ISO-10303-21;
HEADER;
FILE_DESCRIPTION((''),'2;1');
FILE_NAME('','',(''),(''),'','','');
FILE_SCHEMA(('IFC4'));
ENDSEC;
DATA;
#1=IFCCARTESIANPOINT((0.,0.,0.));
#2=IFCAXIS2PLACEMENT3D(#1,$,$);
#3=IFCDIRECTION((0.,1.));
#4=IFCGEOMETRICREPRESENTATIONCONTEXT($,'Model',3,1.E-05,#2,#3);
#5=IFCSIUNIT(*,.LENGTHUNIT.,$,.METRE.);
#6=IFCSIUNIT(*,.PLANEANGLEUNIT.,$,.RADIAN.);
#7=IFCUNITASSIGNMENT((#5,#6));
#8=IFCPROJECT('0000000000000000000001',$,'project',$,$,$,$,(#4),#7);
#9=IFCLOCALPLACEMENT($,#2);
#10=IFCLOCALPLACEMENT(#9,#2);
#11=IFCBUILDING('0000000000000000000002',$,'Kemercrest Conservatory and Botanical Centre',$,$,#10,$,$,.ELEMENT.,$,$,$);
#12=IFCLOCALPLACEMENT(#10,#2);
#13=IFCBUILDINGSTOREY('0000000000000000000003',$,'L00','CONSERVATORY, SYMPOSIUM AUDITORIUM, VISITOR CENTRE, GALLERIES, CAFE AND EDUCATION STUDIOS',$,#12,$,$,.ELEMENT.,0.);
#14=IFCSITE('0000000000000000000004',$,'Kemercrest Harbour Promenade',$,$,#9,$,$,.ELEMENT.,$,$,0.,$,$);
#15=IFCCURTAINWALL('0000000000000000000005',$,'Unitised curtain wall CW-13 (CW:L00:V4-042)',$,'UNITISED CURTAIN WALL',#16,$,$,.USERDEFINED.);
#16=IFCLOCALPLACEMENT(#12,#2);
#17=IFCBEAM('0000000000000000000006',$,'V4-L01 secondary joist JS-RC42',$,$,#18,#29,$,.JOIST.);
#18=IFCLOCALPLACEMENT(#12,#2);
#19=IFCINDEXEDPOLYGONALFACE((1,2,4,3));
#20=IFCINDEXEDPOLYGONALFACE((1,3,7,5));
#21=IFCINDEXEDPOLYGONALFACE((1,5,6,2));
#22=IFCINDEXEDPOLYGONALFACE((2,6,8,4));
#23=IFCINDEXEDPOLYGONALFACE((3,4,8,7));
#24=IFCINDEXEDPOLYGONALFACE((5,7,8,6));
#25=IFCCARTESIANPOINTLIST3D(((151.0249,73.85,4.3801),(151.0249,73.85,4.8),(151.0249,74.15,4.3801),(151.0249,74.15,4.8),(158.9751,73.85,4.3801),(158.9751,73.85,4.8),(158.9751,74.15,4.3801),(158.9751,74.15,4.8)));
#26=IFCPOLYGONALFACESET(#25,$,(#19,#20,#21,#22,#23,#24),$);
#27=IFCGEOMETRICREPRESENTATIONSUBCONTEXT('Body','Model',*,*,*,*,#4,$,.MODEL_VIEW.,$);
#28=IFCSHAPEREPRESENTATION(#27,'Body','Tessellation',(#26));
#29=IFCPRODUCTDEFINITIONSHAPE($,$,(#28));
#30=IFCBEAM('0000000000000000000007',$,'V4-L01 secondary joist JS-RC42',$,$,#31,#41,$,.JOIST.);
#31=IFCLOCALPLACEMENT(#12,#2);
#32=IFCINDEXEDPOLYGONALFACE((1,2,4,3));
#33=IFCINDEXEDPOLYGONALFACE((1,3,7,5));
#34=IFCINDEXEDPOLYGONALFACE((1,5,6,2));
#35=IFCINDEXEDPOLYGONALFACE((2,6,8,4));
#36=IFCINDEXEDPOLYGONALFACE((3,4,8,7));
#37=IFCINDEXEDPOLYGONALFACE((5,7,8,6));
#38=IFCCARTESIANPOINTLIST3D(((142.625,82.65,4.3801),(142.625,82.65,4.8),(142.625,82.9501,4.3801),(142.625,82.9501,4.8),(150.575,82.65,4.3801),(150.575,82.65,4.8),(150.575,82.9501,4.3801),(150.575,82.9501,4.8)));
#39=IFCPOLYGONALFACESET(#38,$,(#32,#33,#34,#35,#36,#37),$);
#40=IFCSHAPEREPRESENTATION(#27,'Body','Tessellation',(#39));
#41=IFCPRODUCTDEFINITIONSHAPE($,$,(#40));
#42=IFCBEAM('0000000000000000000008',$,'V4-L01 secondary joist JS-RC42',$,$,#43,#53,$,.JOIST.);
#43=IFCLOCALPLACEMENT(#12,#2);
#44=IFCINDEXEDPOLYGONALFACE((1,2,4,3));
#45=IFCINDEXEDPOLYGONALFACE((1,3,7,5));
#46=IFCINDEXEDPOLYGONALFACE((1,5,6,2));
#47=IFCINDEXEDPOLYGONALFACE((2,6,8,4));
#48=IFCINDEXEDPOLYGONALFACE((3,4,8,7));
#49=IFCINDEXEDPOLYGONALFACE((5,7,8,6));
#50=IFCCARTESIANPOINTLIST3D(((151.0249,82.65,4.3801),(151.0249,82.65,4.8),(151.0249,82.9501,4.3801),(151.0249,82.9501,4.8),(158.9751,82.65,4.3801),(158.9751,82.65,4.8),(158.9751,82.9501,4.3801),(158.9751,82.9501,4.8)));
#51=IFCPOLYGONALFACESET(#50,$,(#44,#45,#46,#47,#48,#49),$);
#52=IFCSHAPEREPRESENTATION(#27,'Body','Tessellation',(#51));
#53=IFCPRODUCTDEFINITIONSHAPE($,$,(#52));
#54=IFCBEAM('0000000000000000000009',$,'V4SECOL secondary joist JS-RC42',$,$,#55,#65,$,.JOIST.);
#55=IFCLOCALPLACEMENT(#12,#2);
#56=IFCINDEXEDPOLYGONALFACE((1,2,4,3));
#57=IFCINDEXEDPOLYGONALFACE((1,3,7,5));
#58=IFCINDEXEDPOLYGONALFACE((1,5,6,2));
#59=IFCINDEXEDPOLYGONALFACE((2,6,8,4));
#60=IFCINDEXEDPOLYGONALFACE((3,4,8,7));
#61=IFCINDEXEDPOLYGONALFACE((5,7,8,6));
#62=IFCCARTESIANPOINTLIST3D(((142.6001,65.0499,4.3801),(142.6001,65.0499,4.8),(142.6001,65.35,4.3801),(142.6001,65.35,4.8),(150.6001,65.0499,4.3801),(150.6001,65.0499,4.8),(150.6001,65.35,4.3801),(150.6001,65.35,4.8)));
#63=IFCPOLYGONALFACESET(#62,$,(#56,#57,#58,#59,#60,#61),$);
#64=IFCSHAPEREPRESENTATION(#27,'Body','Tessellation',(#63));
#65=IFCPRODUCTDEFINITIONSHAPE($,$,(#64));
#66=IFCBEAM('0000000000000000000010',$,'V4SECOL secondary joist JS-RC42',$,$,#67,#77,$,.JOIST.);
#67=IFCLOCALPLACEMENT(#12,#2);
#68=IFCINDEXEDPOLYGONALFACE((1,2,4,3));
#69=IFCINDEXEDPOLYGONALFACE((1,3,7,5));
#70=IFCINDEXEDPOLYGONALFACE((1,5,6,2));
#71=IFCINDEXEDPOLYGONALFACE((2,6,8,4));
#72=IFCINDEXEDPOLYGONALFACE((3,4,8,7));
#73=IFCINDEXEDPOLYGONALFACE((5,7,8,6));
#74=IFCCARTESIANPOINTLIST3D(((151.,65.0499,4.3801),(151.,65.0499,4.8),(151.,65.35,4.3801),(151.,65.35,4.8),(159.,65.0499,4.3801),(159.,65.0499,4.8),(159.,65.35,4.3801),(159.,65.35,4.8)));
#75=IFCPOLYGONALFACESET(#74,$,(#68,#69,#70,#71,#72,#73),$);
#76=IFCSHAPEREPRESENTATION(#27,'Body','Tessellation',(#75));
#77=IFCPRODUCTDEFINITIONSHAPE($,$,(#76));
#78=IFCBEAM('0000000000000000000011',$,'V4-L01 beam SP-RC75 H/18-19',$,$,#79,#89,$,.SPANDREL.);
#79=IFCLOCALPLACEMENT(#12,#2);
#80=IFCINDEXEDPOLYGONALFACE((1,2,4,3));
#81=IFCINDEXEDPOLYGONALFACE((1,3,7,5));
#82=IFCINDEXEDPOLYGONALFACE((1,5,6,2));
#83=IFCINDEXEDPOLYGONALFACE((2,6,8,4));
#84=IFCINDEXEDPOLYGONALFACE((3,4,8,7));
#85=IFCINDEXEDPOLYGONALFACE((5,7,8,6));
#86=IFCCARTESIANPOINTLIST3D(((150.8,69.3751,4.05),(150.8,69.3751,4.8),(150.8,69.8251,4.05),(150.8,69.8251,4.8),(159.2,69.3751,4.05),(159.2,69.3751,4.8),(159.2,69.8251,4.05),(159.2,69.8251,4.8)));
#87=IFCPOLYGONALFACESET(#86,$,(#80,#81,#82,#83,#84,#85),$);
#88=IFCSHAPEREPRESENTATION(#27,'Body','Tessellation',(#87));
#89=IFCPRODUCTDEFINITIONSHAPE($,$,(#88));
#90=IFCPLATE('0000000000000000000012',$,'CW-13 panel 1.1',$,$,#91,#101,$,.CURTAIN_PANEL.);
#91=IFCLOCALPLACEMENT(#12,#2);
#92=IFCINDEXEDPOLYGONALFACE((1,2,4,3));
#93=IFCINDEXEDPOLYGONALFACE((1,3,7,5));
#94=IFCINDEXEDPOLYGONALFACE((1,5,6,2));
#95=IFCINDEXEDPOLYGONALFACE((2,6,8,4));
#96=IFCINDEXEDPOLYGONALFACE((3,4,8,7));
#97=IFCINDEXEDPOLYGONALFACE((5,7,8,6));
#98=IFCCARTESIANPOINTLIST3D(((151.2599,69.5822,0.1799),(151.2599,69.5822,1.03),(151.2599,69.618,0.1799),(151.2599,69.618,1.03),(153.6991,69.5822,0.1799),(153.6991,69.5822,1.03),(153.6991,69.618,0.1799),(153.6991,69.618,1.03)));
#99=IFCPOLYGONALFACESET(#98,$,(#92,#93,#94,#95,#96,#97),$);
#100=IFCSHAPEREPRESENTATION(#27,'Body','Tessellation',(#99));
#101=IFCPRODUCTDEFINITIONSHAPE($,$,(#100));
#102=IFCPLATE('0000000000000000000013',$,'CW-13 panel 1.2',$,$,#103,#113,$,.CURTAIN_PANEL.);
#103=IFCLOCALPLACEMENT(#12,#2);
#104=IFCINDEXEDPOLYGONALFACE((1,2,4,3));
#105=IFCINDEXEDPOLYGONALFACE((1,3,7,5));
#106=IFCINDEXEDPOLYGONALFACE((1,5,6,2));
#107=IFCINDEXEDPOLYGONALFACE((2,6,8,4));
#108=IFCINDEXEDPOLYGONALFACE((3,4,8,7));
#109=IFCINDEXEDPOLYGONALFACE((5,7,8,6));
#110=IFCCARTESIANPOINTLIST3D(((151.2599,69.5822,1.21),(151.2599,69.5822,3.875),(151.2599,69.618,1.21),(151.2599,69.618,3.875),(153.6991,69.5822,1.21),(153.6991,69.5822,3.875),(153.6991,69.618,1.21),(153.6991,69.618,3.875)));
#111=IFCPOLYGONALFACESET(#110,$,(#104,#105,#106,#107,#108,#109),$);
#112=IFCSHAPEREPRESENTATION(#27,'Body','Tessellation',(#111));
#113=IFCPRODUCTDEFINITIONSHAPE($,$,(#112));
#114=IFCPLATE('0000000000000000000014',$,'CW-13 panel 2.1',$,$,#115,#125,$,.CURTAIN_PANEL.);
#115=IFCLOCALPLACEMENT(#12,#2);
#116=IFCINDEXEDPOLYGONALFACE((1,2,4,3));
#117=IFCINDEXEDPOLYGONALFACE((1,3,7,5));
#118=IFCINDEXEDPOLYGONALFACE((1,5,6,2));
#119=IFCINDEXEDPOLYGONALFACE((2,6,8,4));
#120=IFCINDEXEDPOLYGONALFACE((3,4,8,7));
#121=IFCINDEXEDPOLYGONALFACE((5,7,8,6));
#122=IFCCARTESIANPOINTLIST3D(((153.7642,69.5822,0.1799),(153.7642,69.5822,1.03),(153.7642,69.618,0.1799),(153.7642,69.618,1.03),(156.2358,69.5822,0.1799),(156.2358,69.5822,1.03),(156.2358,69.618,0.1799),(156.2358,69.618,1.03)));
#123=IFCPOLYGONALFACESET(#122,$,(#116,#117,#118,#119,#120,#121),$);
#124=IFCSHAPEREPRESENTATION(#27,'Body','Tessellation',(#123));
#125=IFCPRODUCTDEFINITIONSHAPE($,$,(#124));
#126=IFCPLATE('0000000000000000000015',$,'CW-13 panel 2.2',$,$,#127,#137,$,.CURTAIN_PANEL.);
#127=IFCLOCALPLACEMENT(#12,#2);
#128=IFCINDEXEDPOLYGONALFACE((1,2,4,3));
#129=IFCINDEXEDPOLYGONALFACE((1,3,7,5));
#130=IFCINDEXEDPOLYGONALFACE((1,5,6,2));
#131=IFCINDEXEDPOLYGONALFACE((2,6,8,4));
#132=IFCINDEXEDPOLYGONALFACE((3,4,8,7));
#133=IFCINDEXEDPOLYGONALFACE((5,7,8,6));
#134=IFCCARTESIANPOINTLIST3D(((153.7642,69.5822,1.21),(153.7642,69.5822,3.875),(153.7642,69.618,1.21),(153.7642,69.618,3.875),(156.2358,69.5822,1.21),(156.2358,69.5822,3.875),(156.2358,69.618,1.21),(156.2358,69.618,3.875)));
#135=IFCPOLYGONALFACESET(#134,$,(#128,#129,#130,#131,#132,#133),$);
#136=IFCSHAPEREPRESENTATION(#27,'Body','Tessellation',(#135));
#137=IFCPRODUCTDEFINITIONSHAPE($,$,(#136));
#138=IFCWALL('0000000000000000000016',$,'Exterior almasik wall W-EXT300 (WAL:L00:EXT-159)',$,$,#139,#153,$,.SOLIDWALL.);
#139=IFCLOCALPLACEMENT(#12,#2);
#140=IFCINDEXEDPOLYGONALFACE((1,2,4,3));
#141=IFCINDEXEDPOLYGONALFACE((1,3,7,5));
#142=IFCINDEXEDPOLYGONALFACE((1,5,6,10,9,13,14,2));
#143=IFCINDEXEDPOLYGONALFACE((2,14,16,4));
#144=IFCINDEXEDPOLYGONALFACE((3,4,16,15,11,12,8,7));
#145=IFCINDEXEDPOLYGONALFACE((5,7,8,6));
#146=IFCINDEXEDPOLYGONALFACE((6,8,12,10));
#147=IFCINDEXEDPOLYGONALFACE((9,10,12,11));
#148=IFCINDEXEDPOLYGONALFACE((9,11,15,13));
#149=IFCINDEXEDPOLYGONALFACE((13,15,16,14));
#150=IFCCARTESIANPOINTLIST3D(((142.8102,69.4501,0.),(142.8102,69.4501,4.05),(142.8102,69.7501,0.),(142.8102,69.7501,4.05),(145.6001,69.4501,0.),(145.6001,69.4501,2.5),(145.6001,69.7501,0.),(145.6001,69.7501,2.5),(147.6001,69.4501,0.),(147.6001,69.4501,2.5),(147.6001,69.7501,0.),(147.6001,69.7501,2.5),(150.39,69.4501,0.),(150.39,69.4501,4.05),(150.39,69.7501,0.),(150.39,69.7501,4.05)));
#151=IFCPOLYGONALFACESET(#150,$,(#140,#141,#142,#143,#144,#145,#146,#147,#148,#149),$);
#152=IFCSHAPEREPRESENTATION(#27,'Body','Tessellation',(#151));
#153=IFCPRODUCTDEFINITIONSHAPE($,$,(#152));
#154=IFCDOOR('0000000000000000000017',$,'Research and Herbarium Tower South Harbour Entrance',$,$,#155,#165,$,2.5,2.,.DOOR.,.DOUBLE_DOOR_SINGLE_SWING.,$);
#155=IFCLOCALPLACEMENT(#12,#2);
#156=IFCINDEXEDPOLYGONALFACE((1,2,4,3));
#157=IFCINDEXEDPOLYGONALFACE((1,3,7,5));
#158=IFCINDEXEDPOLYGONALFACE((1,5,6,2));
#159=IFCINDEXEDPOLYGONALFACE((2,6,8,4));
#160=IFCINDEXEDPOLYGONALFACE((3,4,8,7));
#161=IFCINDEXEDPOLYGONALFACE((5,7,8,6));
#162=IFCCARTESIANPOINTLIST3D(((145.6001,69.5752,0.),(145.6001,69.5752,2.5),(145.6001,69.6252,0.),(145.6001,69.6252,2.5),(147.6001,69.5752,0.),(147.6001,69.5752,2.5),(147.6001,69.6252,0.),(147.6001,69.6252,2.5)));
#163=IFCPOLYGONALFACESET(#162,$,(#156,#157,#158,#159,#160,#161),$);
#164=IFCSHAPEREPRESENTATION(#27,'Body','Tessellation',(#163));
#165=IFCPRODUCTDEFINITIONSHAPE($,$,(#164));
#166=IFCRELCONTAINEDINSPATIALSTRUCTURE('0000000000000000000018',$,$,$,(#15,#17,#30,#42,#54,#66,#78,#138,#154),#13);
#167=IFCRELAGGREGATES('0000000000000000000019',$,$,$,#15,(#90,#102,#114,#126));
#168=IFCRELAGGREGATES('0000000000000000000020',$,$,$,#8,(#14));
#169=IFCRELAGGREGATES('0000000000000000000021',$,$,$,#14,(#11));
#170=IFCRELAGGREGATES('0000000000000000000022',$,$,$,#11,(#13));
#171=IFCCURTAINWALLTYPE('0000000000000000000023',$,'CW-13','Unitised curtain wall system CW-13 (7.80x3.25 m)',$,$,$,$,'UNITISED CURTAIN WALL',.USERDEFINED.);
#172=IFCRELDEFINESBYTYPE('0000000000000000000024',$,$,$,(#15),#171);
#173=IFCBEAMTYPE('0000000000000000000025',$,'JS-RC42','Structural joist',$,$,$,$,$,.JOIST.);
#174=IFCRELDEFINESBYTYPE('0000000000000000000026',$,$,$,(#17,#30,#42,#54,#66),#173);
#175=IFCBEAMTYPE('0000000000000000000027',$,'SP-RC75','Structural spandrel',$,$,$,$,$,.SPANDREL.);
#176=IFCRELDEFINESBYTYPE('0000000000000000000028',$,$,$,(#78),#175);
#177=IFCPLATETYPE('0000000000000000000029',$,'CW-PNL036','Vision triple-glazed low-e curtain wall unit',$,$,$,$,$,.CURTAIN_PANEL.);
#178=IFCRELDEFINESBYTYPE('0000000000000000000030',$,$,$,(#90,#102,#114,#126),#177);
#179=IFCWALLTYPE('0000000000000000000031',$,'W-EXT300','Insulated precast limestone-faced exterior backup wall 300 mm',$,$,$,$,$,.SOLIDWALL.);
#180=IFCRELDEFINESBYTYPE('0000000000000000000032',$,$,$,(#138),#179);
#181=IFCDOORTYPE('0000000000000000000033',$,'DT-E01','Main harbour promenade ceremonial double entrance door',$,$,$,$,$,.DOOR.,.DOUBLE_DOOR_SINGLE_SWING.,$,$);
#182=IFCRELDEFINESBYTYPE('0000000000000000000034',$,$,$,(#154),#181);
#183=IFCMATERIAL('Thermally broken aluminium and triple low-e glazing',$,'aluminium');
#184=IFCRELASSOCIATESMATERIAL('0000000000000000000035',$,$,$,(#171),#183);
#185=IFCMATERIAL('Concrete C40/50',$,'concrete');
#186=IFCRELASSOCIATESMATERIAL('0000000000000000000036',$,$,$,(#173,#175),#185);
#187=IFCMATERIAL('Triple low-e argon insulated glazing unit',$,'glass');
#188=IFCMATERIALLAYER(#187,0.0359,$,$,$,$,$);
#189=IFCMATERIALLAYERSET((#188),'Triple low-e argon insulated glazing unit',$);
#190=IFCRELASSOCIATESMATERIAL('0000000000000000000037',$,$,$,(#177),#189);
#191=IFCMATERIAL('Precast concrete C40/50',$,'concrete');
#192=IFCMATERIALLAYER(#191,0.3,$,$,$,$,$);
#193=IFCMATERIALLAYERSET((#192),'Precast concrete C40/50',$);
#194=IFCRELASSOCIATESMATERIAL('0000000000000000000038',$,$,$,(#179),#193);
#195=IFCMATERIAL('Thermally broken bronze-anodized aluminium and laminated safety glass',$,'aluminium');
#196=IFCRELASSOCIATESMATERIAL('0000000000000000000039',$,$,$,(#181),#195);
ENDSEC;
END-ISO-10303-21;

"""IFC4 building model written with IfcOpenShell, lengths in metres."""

from ifc_helpers import new_model, si_unit, direction, frame, frame_2d, origin, origin_2d, place, context, subcontext, project, spatial, rectangle, extrude, material, layer, layer_set, material_profile, profile_set, type_object, element, fill, aggregate, save


model = new_model("IFC4")

# Units and contexts
model_context = context("Model", 3, precision=1e-05, world=origin(), true_north=direction((0.0, 1.0)))
body_context = subcontext(model_context, "Body", "Model", "MODEL_VIEW")
ifc_project = project(units=[si_unit("LENGTHUNIT", "METRE"), si_unit("PLANEANGLEUNIT", "RADIAN")], contexts=[model_context])

# Site, building, storey
site_placement = place(None, origin())
site = spatial("IfcSite", under=ifc_project, at=site_placement, Name="Kemercrest Harbour Promenade", CompositionType="ELEMENT", RefElevation=0.0)
building_placement = place(site_placement, origin())
building = spatial("IfcBuilding", under=site, at=building_placement, Name="Kemercrest Conservatory and Botanical Centre", CompositionType="ELEMENT")
storey_placement = place(building_placement, origin())
storey = spatial("IfcBuildingStorey", under=building, at=storey_placement, Name="L00", Description="CONSERVATORY, SYMPOSIUM AUDITORIUM, VISITOR CENTRE, GALLERIES, CAFE AND EDUCATION STUDIOS", CompositionType="ELEMENT", Elevation=0.0)

# Shared definitions
ifc_material_1 = material(Name="Concrete C40/50", Category="concrete")

# Curtain wall
ifc_material_2 = material(Name="Thermally broken aluminium and triple low-e glazing", Category="aluminium")
curtain_wall_type = type_object("IfcCurtainWallType", Name="CW-13", Description="Unitised curtain wall system CW-13 (7.80x3.25 m)", ElementType="UNITISED CURTAIN WALL", PredefinedType="USERDEFINED", material=ifc_material_2)
curtain_wall_placement = place(storey_placement, origin())
curtain_wall = element("IfcCurtainWall", 1, at=curtain_wall_placement, inside=storey, type_object=curtain_wall_type, Name="Unitised curtain wall CW-13 (CW:L00:V4-042)", ObjectType="UNITISED CURTAIN WALL", PredefinedType="USERDEFINED")

# Beams
ifc_material_profile_1 = material_profile(ifc_material_1, rectangle(XDim=0.3, YDim=0.4199, at=origin_2d()), Name="RC 300x420")
ifc_profile_set_1 = profile_set([ifc_material_profile_1], Name="Concrete C40/50")
beam_type_1 = type_object("IfcBeamType", Name="JS-RC42", Description="Structural joist", PredefinedType="JOIST", material=ifc_profile_set_1)
beam_1_placement = place(storey_placement, frame((151.0249, 74.0, 4.5901), z_axis=(1.0, 0.0, 0.0), x_axis=(0.0, 1.0, 0.0)))
element("IfcBeam", 2, at=beam_1_placement, inside=storey, type_object=beam_type_1, Name="V4-L01 secondary joist JS-RC42", PredefinedType="JOIST", context=body_context, shape_type="SweptSolid", body=[
    extrude(rectangle(XDim=0.3, YDim=0.4199, at=origin_2d()), origin(), (0.0, 0.0, 1.0), 7.9502),
])
beam_2_placement = place(storey_placement, frame((142.625, 82.8, 4.5901), z_axis=(1.0, 0.0, 0.0), x_axis=(0.0, 1.0, 0.0)))
element("IfcBeam", 3, at=beam_2_placement, inside=storey, type_object=beam_type_1, Name="V4-L01 secondary joist JS-RC42", PredefinedType="JOIST", context=body_context, shape_type="SweptSolid", body=[
    extrude(rectangle(XDim=0.3, YDim=0.4199, at=origin_2d()), origin(), (0.0, 0.0, 1.0), 7.95),
])
beam_3_placement = place(storey_placement, frame((151.0249, 82.8, 4.5901), z_axis=(1.0, 0.0, 0.0), x_axis=(0.0, 1.0, 0.0)))
element("IfcBeam", 4, at=beam_3_placement, inside=storey, type_object=beam_type_1, Name="V4-L01 secondary joist JS-RC42", PredefinedType="JOIST", context=body_context, shape_type="SweptSolid", body=[
    extrude(rectangle(XDim=0.3, YDim=0.4199, at=origin_2d()), origin(), (0.0, 0.0, 1.0), 7.9502),
])
for number, where, z_axis, x_axis, name in (
    (5, (142.6001, 65.2, 4.5901), (1.0, 0.0, 0.0), (0.0, 1.0, 0.0), "V4SECOL secondary joist JS-RC42"),
    (6, (151.0, 65.2, 4.5901), (1.0, 0.0, 0.0), (0.0, 1.0, 0.0), "V4SECOL secondary joist JS-RC42"),
):
    element("IfcBeam", number, at=place(storey_placement, frame(where, z_axis=z_axis, x_axis=x_axis)), inside=storey, type_object=beam_type_1, Name=name, PredefinedType="JOIST", context=body_context, shape_type="SweptSolid", body=[
        extrude(rectangle(XDim=0.3, YDim=0.4199, at=origin_2d()), origin(), (0.0, 0.0, 1.0), 8.0),
    ])
ifc_material_profile_2 = material_profile(ifc_material_1, rectangle(XDim=0.45, YDim=0.75, at=origin_2d()), Name="RC 450x750")
ifc_profile_set_2 = profile_set([ifc_material_profile_2], Name="Concrete C40/50")
beam_type_2 = type_object("IfcBeamType", Name="SP-RC75", Description="Structural spandrel", PredefinedType="SPANDREL", material=ifc_profile_set_2)
beam_4_placement = place(storey_placement, frame((150.8, 69.6001, 4.425), z_axis=(1.0, 0.0, 0.0), x_axis=(0.0, 1.0, 0.0)))
element("IfcBeam", 7, at=beam_4_placement, inside=storey, type_object=beam_type_2, Name="V4-L01 beam SP-RC75 H/18-19", PredefinedType="SPANDREL", context=body_context, shape_type="SweptSolid", body=[
    extrude(rectangle(XDim=0.45, YDim=0.75, at=origin_2d()), origin(), (0.0, 0.0, 1.0), 8.3999),
])

# Plates
ifc_material_3 = material(Name="Triple low-e argon insulated glazing unit", Category="glass")
ifc_layer_1 = layer(ifc_material_3, 0.0359)
ifc_layer_set_1 = layer_set([ifc_layer_1], Name="Triple low-e argon insulated glazing unit")
plate_type = type_object("IfcPlateType", Name="CW-PNL036", Description="Vision triple-glazed low-e curtain wall unit", PredefinedType="CURTAIN_PANEL", material=ifc_layer_set_1)
plate_1_placement = place(storey_placement, frame((152.4795, 69.6001, 0.1799), z_axis=(0.0, 0.0, 1.0), x_axis=(1.0, 0.0, 0.0)))
plate_1 = element("IfcPlate", 8, at=plate_1_placement, type_object=plate_type, Name="CW-13 panel 1.1", PredefinedType="CURTAIN_PANEL", context=body_context, shape_type="SweptSolid", body=[
    extrude(rectangle(XDim=2.4392, YDim=0.0359, at=origin_2d()), origin(), (0.0, 0.0, 1.0), 0.8501),
])
plate_2_placement = place(storey_placement, frame((152.4795, 69.6001, 1.21), z_axis=(0.0, 0.0, 1.0), x_axis=(1.0, 0.0, 0.0)))
plate_2 = element("IfcPlate", 9, at=plate_2_placement, type_object=plate_type, Name="CW-13 panel 1.2", PredefinedType="CURTAIN_PANEL", context=body_context, shape_type="SweptSolid", body=[
    extrude(rectangle(XDim=2.4392, YDim=0.0359, at=origin_2d()), origin(), (0.0, 0.0, 1.0), 2.665),
])
plate_3_placement = place(storey_placement, frame((155.0, 69.6001, 0.1799), z_axis=(0.0, 0.0, 1.0), x_axis=(1.0, 0.0, 0.0)))
plate_3 = element("IfcPlate", 10, at=plate_3_placement, type_object=plate_type, Name="CW-13 panel 2.1", PredefinedType="CURTAIN_PANEL", context=body_context, shape_type="SweptSolid", body=[
    extrude(rectangle(XDim=2.4717, YDim=0.0359, at=origin_2d()), origin(), (0.0, 0.0, 1.0), 0.8501),
])
plate_4_placement = place(storey_placement, frame((155.0, 69.6001, 1.21), z_axis=(0.0, 0.0, 1.0), x_axis=(1.0, 0.0, 0.0)))
plate_4 = element("IfcPlate", 11, at=plate_4_placement, type_object=plate_type, Name="CW-13 panel 2.2", PredefinedType="CURTAIN_PANEL", context=body_context, shape_type="SweptSolid", body=[
    extrude(rectangle(XDim=2.4717, YDim=0.0359, at=origin_2d()), origin(), (0.0, 0.0, 1.0), 2.665),
])
aggregate(curtain_wall, [plate_1, plate_2, plate_3, plate_4])

# Wall, opening, door
ifc_material_4 = material(Name="Precast concrete C40/50", Category="concrete")
ifc_layer_2 = layer(ifc_material_4, 0.3)
ifc_layer_set_2 = layer_set([ifc_layer_2], Name="Precast concrete C40/50")
wall_type = type_object("IfcWallType", Name="W-EXT300", Description="Insulated precast limestone-faced exterior backup wall 300 mm", PredefinedType="SOLIDWALL", material=ifc_layer_set_2)
wall_placement = place(storey_placement, frame((142.8101, 69.6001, 0.0), z_axis=(0.0, 0.0, 1.0), x_axis=(1.0, 0.0, 0.0)))
wall = element("IfcWall", 12, at=wall_placement, inside=storey, type_object=wall_type, Name="Exterior almasik wall W-EXT300 (WAL:L00:EXT-159)", PredefinedType="SOLIDWALL", context=body_context, shape_type="SweptSolid", body=[
    extrude(rectangle(XDim=7.5798, YDim=0.3, at=frame_2d((3.79, 0.0))), origin(), (0.0, 0.0, 1.0), 4.05),
])
opening_placement = place(wall_placement, frame((2.79, 0.0, 0.0)))
opening = element("IfcOpeningElement", 13, at=opening_placement, cuts=wall, PredefinedType="OPENING", context=body_context, shape_type="SweptSolid", body=[
    extrude(rectangle(XDim=2.0, YDim=2.5, at=frame_2d((1.0, 1.25))), frame((0.0, 0.1602, 0.0), z_axis=(0.0, -1.0, 0.0), x_axis=(1.0, 0.0, 0.0)), (0.0, 0.0, 1.0), 0.3201),
])
ifc_material_5 = material(Name="Thermally broken bronze-anodized aluminium and laminated safety glass", Category="aluminium")
door_type = type_object("IfcDoorType", Name="DT-E01", Description="Main harbour promenade ceremonial double entrance door", OperationType="DOUBLE_DOOR_SINGLE_SWING", PredefinedType="DOOR", material=ifc_material_5)
door_placement = place(opening_placement, frame((2.0, 0.0, 0.0), z_axis=(0.0, 0.0, 1.0), x_axis=(-1.0, 0.0, 0.0)))
door = element("IfcDoor", 14, at=door_placement, inside=storey, type_object=door_type, Name="Research and Herbarium Tower South Harbour Entrance", OperationType="DOUBLE_DOOR_SINGLE_SWING", OverallHeight=2.5, OverallWidth=2.0, PredefinedType="DOOR", context=body_context, shape_type="SweptSolid", body=[
    extrude(rectangle(XDim=2.0, YDim=2.5, at=frame_2d((1.0, 1.25))), frame((0.0, 0.0249, 0.0), z_axis=(0.0, -1.0, 0.0), x_axis=(1.0, 0.0, 0.0)), (0.0, 0.0, 1.0), 0.05),
])
fill(opening, door)

save(model, "model.ifc")
